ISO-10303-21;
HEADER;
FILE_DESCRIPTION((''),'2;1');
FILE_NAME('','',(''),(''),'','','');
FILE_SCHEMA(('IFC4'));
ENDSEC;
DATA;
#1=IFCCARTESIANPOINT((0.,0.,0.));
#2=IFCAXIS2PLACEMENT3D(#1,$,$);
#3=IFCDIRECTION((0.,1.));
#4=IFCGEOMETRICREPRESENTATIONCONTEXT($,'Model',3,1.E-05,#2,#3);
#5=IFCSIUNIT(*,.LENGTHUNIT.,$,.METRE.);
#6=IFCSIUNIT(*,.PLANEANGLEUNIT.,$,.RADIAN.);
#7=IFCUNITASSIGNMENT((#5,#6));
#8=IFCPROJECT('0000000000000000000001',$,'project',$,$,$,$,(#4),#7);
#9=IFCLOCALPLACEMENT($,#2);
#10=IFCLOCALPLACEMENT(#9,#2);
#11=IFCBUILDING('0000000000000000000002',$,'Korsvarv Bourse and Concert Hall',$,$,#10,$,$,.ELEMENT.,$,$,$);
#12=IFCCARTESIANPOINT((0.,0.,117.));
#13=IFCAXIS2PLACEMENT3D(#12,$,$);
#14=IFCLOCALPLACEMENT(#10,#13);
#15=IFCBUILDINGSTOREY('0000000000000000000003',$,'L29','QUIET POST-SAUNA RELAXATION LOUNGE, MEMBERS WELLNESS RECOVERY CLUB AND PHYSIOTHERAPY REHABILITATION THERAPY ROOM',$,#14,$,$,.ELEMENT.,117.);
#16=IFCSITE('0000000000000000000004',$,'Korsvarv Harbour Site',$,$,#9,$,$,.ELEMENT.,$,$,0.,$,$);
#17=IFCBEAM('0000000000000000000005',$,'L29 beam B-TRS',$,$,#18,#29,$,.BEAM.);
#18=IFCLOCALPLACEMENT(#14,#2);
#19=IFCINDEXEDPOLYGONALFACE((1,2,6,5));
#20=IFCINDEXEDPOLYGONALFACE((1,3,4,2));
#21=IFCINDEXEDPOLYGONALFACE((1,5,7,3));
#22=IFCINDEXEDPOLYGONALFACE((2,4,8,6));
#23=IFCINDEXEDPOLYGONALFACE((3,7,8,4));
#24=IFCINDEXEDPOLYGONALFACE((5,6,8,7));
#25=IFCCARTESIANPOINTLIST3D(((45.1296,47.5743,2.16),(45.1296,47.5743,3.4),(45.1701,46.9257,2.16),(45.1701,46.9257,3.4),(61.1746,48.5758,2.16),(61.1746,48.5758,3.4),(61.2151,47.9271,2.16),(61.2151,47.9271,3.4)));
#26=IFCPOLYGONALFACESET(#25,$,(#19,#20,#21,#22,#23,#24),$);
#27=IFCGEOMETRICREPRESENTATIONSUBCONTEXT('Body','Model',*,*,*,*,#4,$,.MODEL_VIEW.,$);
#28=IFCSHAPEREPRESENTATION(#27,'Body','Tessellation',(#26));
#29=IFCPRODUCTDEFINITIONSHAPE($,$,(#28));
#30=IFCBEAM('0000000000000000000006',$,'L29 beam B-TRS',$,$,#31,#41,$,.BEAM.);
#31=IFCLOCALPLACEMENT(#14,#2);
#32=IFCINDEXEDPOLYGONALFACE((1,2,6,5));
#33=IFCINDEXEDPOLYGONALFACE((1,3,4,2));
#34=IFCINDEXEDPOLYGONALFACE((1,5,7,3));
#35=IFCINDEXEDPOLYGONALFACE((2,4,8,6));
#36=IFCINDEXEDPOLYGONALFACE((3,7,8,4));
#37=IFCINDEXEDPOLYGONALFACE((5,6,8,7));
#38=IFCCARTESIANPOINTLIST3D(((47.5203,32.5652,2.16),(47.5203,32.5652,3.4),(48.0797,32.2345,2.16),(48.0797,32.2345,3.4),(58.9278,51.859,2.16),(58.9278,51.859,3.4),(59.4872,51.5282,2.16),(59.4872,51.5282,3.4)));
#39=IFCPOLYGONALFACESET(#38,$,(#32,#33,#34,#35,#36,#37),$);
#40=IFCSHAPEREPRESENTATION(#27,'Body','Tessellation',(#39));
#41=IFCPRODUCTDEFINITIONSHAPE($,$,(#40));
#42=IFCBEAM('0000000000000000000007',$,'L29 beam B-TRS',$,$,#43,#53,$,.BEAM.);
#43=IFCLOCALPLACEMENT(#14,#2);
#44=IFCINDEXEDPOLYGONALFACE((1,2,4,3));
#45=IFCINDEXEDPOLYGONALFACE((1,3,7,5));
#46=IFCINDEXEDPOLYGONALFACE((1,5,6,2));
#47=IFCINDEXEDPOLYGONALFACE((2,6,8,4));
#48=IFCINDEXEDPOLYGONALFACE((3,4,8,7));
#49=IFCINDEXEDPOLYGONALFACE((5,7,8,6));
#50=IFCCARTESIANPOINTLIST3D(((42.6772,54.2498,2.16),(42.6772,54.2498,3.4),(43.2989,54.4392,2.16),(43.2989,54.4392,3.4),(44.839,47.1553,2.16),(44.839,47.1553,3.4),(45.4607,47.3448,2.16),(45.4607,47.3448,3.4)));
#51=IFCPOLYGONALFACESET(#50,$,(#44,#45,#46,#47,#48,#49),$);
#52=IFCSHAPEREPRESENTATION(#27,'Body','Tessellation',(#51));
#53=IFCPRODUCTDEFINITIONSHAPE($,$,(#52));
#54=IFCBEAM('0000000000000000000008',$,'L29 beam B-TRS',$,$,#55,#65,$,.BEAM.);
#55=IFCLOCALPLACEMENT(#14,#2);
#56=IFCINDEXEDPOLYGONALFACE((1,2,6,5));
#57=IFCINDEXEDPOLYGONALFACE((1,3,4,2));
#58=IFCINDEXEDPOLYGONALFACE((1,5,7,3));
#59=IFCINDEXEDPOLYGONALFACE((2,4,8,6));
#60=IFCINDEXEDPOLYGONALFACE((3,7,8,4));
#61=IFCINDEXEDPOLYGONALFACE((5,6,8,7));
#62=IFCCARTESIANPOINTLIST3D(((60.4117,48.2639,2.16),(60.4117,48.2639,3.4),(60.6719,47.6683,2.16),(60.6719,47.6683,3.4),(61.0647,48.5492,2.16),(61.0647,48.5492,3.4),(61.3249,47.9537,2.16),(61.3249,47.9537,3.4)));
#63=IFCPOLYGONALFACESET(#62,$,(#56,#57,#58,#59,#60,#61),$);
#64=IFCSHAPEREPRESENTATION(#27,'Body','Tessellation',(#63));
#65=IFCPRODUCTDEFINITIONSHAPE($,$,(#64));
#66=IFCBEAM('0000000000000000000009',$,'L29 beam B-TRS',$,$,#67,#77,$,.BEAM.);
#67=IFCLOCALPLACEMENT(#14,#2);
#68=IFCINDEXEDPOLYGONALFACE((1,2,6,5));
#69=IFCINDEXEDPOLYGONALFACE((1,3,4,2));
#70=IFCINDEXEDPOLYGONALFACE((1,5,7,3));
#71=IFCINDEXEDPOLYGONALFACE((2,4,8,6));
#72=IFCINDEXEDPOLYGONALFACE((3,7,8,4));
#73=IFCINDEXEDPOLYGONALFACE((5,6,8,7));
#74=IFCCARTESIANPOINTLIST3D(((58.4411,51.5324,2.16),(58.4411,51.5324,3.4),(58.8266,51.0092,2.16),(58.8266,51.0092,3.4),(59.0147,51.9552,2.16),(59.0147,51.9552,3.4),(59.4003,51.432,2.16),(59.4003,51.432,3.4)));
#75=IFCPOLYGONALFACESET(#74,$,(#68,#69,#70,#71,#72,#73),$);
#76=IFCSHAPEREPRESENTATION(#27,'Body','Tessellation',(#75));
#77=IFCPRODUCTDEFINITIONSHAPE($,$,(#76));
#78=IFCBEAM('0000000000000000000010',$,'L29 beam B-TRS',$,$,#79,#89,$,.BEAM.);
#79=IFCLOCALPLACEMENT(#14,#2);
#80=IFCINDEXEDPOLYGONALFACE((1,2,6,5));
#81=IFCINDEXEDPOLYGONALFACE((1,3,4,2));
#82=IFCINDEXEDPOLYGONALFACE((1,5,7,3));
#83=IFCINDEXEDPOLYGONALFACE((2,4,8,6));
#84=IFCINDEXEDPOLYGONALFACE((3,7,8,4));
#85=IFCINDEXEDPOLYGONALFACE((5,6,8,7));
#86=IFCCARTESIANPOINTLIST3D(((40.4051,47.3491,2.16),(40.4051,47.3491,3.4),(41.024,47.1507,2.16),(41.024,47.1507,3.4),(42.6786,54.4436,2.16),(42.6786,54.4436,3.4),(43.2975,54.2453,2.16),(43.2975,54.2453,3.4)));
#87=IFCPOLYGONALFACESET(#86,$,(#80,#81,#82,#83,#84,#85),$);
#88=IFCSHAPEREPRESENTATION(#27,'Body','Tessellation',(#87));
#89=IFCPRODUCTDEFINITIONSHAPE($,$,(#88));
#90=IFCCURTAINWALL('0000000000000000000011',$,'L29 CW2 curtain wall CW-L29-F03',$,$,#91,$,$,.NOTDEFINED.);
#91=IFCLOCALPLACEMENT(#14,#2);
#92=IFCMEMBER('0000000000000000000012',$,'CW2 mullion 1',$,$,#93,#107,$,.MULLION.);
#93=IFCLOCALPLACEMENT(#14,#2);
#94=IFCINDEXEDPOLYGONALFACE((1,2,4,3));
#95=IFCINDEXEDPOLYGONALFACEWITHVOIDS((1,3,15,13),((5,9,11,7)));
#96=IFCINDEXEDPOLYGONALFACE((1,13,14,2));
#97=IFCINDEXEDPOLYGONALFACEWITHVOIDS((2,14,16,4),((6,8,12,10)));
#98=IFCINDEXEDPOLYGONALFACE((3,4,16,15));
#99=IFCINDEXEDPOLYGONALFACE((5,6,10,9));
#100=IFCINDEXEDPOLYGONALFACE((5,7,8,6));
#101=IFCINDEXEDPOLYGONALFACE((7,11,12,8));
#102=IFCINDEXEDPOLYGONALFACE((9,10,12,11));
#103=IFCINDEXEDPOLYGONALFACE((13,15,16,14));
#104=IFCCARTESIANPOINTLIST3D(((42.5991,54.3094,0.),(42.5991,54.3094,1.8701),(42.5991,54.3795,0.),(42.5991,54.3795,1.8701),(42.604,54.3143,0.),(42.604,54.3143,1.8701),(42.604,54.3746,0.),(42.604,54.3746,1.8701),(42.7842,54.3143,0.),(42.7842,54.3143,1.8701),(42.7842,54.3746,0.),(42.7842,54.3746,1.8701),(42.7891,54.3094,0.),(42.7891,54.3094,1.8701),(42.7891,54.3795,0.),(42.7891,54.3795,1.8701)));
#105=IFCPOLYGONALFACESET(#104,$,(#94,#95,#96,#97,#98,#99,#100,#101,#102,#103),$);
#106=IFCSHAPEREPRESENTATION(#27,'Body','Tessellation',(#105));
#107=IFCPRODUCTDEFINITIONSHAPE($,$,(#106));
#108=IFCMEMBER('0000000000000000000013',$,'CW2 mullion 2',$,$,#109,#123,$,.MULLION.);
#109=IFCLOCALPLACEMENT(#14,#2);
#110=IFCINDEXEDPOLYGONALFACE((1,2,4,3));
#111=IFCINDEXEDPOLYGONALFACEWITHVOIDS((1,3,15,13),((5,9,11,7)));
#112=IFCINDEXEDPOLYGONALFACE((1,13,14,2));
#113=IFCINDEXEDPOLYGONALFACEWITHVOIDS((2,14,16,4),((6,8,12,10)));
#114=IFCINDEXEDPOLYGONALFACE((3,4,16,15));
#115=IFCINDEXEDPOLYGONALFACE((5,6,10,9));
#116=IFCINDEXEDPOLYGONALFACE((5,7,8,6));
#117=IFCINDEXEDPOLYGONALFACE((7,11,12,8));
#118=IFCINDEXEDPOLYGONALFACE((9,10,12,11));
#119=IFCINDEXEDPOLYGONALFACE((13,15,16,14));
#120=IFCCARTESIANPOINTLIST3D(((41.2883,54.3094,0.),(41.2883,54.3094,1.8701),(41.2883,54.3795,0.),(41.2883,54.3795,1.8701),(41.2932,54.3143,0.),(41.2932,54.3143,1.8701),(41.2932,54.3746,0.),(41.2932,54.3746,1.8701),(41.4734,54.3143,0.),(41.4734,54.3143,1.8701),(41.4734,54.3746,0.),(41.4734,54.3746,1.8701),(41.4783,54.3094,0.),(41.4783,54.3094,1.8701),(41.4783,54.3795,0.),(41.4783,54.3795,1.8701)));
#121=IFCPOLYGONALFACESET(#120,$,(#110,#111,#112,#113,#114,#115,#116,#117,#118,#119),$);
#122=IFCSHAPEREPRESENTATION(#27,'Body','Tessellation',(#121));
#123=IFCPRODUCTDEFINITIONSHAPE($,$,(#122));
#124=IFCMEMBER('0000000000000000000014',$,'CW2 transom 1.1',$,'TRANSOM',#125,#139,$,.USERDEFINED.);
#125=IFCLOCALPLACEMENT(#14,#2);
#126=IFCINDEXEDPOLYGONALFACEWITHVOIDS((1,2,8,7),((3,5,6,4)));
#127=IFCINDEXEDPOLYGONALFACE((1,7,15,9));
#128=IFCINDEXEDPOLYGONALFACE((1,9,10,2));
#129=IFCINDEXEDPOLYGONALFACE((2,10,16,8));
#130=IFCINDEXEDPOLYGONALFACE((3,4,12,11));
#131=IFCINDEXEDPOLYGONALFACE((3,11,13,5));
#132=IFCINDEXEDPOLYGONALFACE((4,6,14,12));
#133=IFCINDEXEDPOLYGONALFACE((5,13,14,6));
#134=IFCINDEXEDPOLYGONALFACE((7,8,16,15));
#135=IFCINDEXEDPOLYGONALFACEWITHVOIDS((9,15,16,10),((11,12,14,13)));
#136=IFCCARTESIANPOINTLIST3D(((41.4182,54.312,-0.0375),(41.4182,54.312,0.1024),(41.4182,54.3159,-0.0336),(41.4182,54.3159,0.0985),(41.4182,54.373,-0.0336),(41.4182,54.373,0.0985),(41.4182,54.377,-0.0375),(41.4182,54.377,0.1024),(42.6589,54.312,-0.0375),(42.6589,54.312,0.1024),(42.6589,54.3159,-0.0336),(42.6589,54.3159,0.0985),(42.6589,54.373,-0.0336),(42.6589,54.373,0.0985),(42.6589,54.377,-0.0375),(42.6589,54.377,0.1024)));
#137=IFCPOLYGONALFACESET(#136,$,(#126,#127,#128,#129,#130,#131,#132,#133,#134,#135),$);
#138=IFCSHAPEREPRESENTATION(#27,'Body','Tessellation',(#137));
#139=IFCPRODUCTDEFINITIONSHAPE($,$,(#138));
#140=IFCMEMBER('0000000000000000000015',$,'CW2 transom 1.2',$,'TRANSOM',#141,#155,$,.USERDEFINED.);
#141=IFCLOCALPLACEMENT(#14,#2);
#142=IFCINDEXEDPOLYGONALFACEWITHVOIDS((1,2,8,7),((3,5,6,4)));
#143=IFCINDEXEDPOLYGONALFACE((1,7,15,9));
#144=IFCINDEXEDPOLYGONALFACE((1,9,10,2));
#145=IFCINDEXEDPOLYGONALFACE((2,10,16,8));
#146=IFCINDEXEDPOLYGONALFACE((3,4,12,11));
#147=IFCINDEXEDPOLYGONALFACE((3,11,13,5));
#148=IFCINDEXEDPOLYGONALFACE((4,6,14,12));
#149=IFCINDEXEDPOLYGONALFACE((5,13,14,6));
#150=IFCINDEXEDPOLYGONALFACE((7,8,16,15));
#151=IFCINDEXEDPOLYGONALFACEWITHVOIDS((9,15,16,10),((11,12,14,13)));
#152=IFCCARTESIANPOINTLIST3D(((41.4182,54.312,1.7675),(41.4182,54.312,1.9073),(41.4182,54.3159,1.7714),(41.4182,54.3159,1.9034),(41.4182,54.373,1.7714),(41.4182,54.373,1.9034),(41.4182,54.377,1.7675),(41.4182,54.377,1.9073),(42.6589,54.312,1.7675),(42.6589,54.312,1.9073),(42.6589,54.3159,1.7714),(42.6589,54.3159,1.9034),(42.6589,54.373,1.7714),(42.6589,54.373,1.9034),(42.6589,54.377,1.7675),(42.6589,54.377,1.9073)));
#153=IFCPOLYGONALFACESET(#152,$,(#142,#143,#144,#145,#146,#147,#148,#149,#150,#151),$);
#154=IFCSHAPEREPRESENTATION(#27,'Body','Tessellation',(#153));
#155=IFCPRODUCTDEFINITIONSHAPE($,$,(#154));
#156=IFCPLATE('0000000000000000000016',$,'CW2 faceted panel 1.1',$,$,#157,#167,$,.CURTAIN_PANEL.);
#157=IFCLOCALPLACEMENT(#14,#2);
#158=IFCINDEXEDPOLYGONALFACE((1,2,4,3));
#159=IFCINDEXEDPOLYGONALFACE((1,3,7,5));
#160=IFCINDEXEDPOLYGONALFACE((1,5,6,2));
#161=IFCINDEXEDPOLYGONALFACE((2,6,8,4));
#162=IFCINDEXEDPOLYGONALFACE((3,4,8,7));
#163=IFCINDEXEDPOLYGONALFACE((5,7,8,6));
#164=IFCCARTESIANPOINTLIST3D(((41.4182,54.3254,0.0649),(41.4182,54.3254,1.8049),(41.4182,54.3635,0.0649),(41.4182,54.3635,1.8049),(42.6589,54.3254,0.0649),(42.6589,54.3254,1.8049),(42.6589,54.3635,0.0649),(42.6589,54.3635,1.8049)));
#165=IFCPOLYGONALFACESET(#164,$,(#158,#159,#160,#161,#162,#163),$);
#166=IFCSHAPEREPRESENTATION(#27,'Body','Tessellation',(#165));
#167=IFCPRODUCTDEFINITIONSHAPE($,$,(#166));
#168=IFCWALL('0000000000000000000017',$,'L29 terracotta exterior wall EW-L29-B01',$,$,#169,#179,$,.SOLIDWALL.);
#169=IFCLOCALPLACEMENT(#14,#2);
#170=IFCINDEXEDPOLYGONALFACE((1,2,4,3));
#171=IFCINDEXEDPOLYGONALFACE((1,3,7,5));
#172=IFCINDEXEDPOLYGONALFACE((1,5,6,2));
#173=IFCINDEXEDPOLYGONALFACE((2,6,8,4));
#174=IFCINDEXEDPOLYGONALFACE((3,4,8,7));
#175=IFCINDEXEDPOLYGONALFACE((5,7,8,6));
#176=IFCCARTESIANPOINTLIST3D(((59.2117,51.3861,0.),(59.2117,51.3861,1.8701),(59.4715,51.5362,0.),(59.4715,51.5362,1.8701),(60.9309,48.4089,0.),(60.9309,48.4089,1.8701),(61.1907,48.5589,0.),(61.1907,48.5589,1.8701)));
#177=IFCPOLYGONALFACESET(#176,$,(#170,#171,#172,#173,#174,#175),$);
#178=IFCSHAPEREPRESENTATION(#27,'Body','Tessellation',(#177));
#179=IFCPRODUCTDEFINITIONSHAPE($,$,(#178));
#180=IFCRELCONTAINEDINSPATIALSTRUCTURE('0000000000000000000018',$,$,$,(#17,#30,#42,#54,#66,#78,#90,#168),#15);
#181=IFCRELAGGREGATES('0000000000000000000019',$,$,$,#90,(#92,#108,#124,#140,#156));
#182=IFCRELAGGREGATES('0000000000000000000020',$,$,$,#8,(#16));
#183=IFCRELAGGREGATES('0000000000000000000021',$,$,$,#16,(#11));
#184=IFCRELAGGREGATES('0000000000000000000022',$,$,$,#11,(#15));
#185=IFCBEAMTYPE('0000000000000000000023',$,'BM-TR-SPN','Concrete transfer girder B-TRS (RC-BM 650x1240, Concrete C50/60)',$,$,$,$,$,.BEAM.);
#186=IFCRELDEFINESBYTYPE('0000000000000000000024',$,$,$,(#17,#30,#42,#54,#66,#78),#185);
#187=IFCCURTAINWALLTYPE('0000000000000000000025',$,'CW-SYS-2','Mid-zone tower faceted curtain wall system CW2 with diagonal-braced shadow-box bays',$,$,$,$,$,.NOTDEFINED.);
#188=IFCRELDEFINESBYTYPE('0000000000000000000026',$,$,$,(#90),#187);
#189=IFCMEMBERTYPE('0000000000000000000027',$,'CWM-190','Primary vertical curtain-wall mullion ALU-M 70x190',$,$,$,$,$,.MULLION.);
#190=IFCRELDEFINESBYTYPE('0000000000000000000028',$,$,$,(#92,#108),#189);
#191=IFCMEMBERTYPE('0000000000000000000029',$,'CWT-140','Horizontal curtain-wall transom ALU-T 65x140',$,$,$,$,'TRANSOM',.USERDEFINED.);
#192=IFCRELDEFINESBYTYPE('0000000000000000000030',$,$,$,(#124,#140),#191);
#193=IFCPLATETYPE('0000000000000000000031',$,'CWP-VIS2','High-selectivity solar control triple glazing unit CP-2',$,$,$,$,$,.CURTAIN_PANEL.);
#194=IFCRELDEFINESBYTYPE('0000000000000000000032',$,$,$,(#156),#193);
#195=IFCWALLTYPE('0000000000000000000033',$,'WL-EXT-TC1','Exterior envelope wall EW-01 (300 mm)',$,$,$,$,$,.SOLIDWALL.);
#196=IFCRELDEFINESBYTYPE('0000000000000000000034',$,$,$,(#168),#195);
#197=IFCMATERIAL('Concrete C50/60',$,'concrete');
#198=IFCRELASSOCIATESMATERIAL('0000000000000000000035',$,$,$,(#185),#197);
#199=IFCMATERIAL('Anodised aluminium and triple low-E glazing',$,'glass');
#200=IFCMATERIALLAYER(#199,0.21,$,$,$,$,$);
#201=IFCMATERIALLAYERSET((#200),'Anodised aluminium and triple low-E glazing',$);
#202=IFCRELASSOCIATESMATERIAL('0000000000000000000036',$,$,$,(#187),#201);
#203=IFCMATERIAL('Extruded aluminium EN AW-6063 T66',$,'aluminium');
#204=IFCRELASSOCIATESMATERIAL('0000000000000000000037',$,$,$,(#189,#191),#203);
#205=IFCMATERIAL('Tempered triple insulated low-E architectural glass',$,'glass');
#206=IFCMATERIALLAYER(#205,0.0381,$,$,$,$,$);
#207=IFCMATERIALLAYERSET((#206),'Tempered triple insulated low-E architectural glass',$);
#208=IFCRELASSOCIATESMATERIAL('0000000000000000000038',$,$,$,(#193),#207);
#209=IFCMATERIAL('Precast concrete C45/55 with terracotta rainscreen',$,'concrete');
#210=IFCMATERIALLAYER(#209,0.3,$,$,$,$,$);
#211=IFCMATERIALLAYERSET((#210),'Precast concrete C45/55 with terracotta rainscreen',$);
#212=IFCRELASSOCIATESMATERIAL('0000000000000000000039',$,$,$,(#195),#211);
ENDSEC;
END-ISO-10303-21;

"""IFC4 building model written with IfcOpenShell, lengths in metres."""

from ifc_helpers import new_model, si_unit, direction, frame, frame_2d, origin, origin_2d, place, context, subcontext, project, spatial, rectangle, hollow_rectangle, extrude, source, transform, mapped, material, layer, layer_set, material_profile, profile_set, type_object, element, aggregate, save


model = new_model("IFC4")

# Units and contexts
model_context = context("Model", 3, precision=1e-05, world=origin(), true_north=direction((0.0, 1.0)))
body_context = subcontext(model_context, "Body", "Model", "MODEL_VIEW")
ifc_project = project(units=[si_unit("LENGTHUNIT", "METRE"), si_unit("PLANEANGLEUNIT", "RADIAN")], contexts=[model_context])

# Site, building, storey
site_placement = place(None, origin())
site = spatial("IfcSite", under=ifc_project, at=site_placement, Name="Korsvarv Harbour Site", CompositionType="ELEMENT", RefElevation=0.0)
building_placement = place(site_placement, origin())
building = spatial("IfcBuilding", under=site, at=building_placement, Name="Korsvarv Bourse and Concert Hall", CompositionType="ELEMENT")
storey_placement = place(building_placement, frame((0.0, 0.0, 117.0)))
storey = spatial("IfcBuildingStorey", under=building, at=storey_placement, Name="L29", Description="QUIET POST-SAUNA RELAXATION LOUNGE, MEMBERS WELLNESS RECOVERY CLUB AND PHYSIOTHERAPY REHABILITATION THERAPY ROOM", CompositionType="ELEMENT", Elevation=117.0)

# Beams
ifc_material_1 = material(Name="Concrete C50/60", Category="concrete")
ifc_material_profile_1 = material_profile(ifc_material_1, rectangle(XDim=0.6499, YDim=1.24, at=origin_2d()), Name="RC-BM 650x1240")
ifc_profile_set_1 = profile_set([ifc_material_profile_1], Name="Concrete C50/60")
beam_type_1 = type_object("IfcBeamType", Name="BM-TR-SPN", Description="Concrete transfer girder B-TRS (RC-BM 650x1240, Concrete C50/60)", PredefinedType="BEAM", material=ifc_profile_set_1)
shared_shape_1 = source(origin(), body_context, "Body", "SweptSolid", [
    extrude(rectangle(XDim=0.6499, YDim=1.24, at=origin_2d()), origin(), (0.0, 0.0, 1.0), 16.0762),
])
beam_1_placement = place(storey_placement, frame((61.1948, 48.2515, 2.78), z_axis=(-0.998058, -0.062295, 0.0), x_axis=(0.062295, -0.998058, 0.0)))
element("IfcBeam", 1, at=beam_1_placement, inside=storey, type_object=beam_type_1, Name="L29 beam B-TRS", PredefinedType="BEAM", context=body_context, shape_type="MappedRepresentation", body=[
    mapped(shared_shape_1, transform((0.0, 0.0, 0.0), scale=1.0)),
])
shared_shape_2 = source(origin(), body_context, "Body", "SweptSolid", [
    extrude(rectangle(XDim=0.6499, YDim=1.24, at=origin_2d()), origin(), (0.0, 0.0, 1.0), 22.4138),
])
beam_2_placement = place(storey_placement, frame((59.2075, 51.6936, 2.78), z_axis=(-0.508949, -0.860797, 0.0), x_axis=(0.860797, -0.508949, 0.0)))
element("IfcBeam", 2, at=beam_2_placement, inside=storey, type_object=beam_type_1, Name="L29 beam B-TRS", PredefinedType="BEAM", context=body_context, shape_type="MappedRepresentation", body=[
    mapped(shared_shape_2, transform((0.0, 0.0, 0.0), scale=1.0)),
])
shared_shape_3 = source(origin(), body_context, "Body", "SweptSolid", [
    extrude(rectangle(XDim=0.6499, YDim=1.24, at=origin_2d()), origin(), (0.0, 0.0, 1.0), 7.4165),
])
beam_3_placement = place(storey_placement, frame((42.988, 54.3445, 2.78), z_axis=(0.291492, -0.956573, 0.0), x_axis=(0.956573, 0.291492, 0.0)))
element("IfcBeam", 3, at=beam_3_placement, inside=storey, type_object=beam_type_1, Name="L29 beam B-TRS", PredefinedType="BEAM", context=body_context, shape_type="MappedRepresentation", body=[
    mapped(shared_shape_3, transform((0.0, 0.0, 0.0), scale=1.0)),
])
shared_shape_4 = source(origin(), body_context, "Body", "SweptSolid", [
    extrude(rectangle(XDim=0.6499, YDim=1.24, at=origin_2d()), origin(), (0.0, 0.0, 1.0), 0.7126),
])
for number, where, z_axis, x_axis, name in (
    (4, (61.1948, 48.2515, 2.78), (-0.916322, -0.400441, 0.0), (0.400441, -0.916322, 0.0), "L29 beam B-TRS"),
    (5, (59.2075, 51.6936, 2.78), (-0.804987, -0.593293, 0.0), (0.593293, -0.804987, 0.0), "L29 beam B-TRS"),
):
    element("IfcBeam", number, at=place(storey_placement, frame(where, z_axis=z_axis, x_axis=x_axis)), inside=storey, type_object=beam_type_1, Name=name, PredefinedType="BEAM", context=body_context, shape_type="MappedRepresentation", body=[
        mapped(shared_shape_4, transform((0.0, 0.0, 0.0), scale=1.0)),
    ])
shared_shape_5 = source(origin(), body_context, "Body", "SweptSolid", [
    extrude(rectangle(XDim=0.6499, YDim=1.24, at=origin_2d()), origin(), (0.0, 0.0, 1.0), 7.45),
])
beam_4_placement = place(storey_placement, frame((42.988, 54.3445, 2.78), z_axis=(-0.305166, -0.952299, 0.0), x_axis=(0.952299, -0.305166, 0.0)))
element("IfcBeam", 6, at=beam_4_placement, inside=storey, type_object=beam_type_1, Name="L29 beam B-TRS", PredefinedType="BEAM", context=body_context, shape_type="MappedRepresentation", body=[
    mapped(shared_shape_5, transform((0.0, 0.0, 0.0), scale=1.0)),
])

# Curtain wall, members, plate
ifc_material_2 = material(Name="Anodised aluminium and triple low-E glazing", Category="glass")
ifc_layer_1 = layer(ifc_material_2, 0.21)
ifc_layer_set_1 = layer_set([ifc_layer_1], Name="Anodised aluminium and triple low-E glazing")
curtain_wall_type = type_object("IfcCurtainWallType", Name="CW-SYS-2", Description="Mid-zone tower faceted curtain wall system CW2 with diagonal-braced shadow-box bays", PredefinedType="NOTDEFINED", material=ifc_layer_set_1)
curtain_wall_placement = place(storey_placement, origin())
curtain_wall = element("IfcCurtainWall", 7, at=curtain_wall_placement, inside=storey, type_object=curtain_wall_type, Name="L29 CW2 curtain wall CW-L29-F03", PredefinedType="NOTDEFINED")
ifc_material_3 = material(Name="Extruded aluminium EN AW-6063 T66", Category="aluminium")
ifc_material_profile_2 = material_profile(ifc_material_3, hollow_rectangle(XDim=0.0701, YDim=0.1899, WallThickness=0.0049, at=origin_2d()), Name="ALU-M 70x190")
ifc_profile_set_2 = profile_set([ifc_material_profile_2], Name="Extruded aluminium EN AW-6063 T66")
member_type_1 = type_object("IfcMemberType", Name="CWM-190", Description="Primary vertical curtain-wall mullion ALU-M 70x190", PredefinedType="MULLION", material=ifc_profile_set_2)
shared_shape_6 = source(origin(), body_context, "Body", "SweptSolid", [
    extrude(hollow_rectangle(XDim=0.0701, YDim=0.1899, WallThickness=0.0049, at=origin_2d()), origin(), (0.0, 0.0, 1.0), 1.8701),
])
member_1_placement = place(storey_placement, frame((42.6941, 54.3445, 0.0), z_axis=(0.0, 0.0, 1.0), x_axis=(0.0, -1.0, 0.0)))
member_1 = element("IfcMember", 8, at=member_1_placement, type_object=member_type_1, Name="CW2 mullion 1", PredefinedType="MULLION", context=body_context, shape_type="MappedRepresentation", body=[
    mapped(shared_shape_6, transform((0.0, 0.0, 0.0), scale=1.0)),
])
member_2_placement = place(storey_placement, frame((41.3833, 54.3445, 0.0), z_axis=(0.0, 0.0, 1.0), x_axis=(0.0, -1.0, 0.0)))
member_2 = element("IfcMember", 9, at=member_2_placement, type_object=member_type_1, Name="CW2 mullion 2", PredefinedType="MULLION", context=body_context, shape_type="MappedRepresentation", body=[
    mapped(shared_shape_6, transform((0.0, 0.0, 0.0), scale=1.0)),
])
ifc_material_profile_3 = material_profile(ifc_material_3, hollow_rectangle(XDim=0.0649, YDim=0.1399, WallThickness=0.0039, at=origin_2d()), Name="ALU-T 65x140")
ifc_profile_set_3 = profile_set([ifc_material_profile_3], Name="Extruded aluminium EN AW-6063 T66")
member_type_2 = type_object("IfcMemberType", Name="CWT-140", Description="Horizontal curtain-wall transom ALU-T 65x140", ElementType="TRANSOM", PredefinedType="USERDEFINED", material=ifc_profile_set_3)
shared_shape_7 = source(origin(), body_context, "Body", "SweptSolid", [
    extrude(hollow_rectangle(XDim=0.0649, YDim=0.1399, WallThickness=0.0039, at=origin_2d()), origin(), (0.0, 0.0, 1.0), 1.2407),
])
member_3_placement = place(storey_placement, frame((42.6589, 54.3445, 0.0325), z_axis=(-1.0, 0.0, 0.0), x_axis=(0.0, -1.0, 0.0)))
member_3 = element("IfcMember", 10, at=member_3_placement, type_object=member_type_2, Name="CW2 transom 1.1", ObjectType="TRANSOM", PredefinedType="USERDEFINED", context=body_context, shape_type="MappedRepresentation", body=[
    mapped(shared_shape_7, transform((0.0, 0.0, 0.0), scale=1.0)),
])
member_4_placement = place(storey_placement, frame((42.6589, 54.3445, 1.8374), z_axis=(-1.0, 0.0, 0.0), x_axis=(0.0, -1.0, 0.0)))
member_4 = element("IfcMember", 11, at=member_4_placement, type_object=member_type_2, Name="CW2 transom 1.2", ObjectType="TRANSOM", PredefinedType="USERDEFINED", context=body_context, shape_type="MappedRepresentation", body=[
    mapped(shared_shape_7, transform((0.0, 0.0, 0.0), scale=1.0)),
])
ifc_material_4 = material(Name="Tempered triple insulated low-E architectural glass", Category="glass")
ifc_layer_2 = layer(ifc_material_4, 0.0381)
ifc_layer_set_2 = layer_set([ifc_layer_2], Name="Tempered triple insulated low-E architectural glass")
plate_type = type_object("IfcPlateType", Name="CWP-VIS2", Description="High-selectivity solar control triple glazing unit CP-2", PredefinedType="CURTAIN_PANEL", material=ifc_layer_set_2)
shared_shape_8 = source(origin(), body_context, "Body", "SweptSolid", [
    extrude(rectangle(XDim=1.2407, YDim=0.0381, at=origin_2d()), origin(), (0.0, 0.0, 1.0), 1.74),
])
plate_placement = place(storey_placement, frame((42.0386, 54.3445, 0.0649), z_axis=(0.0, 0.0, 1.0), x_axis=(-1.0, 0.0, 0.0)))
plate = element("IfcPlate", 12, at=plate_placement, type_object=plate_type, Name="CW2 faceted panel 1.1", PredefinedType="CURTAIN_PANEL", context=body_context, shape_type="MappedRepresentation", body=[
    mapped(shared_shape_8, transform((0.0, 0.0, 0.0), scale=1.0)),
])
aggregate(curtain_wall, [member_1, member_2, member_3, member_4, plate])

# Wall
ifc_material_5 = material(Name="Precast concrete C45/55 with terracotta rainscreen", Category="concrete")
ifc_layer_3 = layer(ifc_material_5, 0.3)
ifc_layer_set_3 = layer_set([ifc_layer_3], Name="Precast concrete C45/55 with terracotta rainscreen")
wall_type_1 = type_object("IfcWallType", Name="WL-EXT-TC1", Description="Exterior envelope wall EW-01 (300 mm)", PredefinedType="SOLIDWALL", material=ifc_layer_set_3)
wall_1_placement = place(storey_placement, frame((61.0608, 48.4839, 0.0), z_axis=(0.0, 0.0, 1.0), x_axis=(-0.500065, 0.865988, 0.0)))
element("IfcWall", 13, at=wall_1_placement, inside=storey, type_object=wall_type_1, Name="L29 terracotta exterior wall EW-L29-B01", PredefinedType="SOLIDWALL", context=body_context, shape_type="SweptSolid", body=[
    extrude(rectangle(XDim=3.438, YDim=0.3, at=frame_2d((1.719, 0.0))), origin(), (0.0, 0.0, 1.0), 1.8701),
])

save(model, "model.ifc")
